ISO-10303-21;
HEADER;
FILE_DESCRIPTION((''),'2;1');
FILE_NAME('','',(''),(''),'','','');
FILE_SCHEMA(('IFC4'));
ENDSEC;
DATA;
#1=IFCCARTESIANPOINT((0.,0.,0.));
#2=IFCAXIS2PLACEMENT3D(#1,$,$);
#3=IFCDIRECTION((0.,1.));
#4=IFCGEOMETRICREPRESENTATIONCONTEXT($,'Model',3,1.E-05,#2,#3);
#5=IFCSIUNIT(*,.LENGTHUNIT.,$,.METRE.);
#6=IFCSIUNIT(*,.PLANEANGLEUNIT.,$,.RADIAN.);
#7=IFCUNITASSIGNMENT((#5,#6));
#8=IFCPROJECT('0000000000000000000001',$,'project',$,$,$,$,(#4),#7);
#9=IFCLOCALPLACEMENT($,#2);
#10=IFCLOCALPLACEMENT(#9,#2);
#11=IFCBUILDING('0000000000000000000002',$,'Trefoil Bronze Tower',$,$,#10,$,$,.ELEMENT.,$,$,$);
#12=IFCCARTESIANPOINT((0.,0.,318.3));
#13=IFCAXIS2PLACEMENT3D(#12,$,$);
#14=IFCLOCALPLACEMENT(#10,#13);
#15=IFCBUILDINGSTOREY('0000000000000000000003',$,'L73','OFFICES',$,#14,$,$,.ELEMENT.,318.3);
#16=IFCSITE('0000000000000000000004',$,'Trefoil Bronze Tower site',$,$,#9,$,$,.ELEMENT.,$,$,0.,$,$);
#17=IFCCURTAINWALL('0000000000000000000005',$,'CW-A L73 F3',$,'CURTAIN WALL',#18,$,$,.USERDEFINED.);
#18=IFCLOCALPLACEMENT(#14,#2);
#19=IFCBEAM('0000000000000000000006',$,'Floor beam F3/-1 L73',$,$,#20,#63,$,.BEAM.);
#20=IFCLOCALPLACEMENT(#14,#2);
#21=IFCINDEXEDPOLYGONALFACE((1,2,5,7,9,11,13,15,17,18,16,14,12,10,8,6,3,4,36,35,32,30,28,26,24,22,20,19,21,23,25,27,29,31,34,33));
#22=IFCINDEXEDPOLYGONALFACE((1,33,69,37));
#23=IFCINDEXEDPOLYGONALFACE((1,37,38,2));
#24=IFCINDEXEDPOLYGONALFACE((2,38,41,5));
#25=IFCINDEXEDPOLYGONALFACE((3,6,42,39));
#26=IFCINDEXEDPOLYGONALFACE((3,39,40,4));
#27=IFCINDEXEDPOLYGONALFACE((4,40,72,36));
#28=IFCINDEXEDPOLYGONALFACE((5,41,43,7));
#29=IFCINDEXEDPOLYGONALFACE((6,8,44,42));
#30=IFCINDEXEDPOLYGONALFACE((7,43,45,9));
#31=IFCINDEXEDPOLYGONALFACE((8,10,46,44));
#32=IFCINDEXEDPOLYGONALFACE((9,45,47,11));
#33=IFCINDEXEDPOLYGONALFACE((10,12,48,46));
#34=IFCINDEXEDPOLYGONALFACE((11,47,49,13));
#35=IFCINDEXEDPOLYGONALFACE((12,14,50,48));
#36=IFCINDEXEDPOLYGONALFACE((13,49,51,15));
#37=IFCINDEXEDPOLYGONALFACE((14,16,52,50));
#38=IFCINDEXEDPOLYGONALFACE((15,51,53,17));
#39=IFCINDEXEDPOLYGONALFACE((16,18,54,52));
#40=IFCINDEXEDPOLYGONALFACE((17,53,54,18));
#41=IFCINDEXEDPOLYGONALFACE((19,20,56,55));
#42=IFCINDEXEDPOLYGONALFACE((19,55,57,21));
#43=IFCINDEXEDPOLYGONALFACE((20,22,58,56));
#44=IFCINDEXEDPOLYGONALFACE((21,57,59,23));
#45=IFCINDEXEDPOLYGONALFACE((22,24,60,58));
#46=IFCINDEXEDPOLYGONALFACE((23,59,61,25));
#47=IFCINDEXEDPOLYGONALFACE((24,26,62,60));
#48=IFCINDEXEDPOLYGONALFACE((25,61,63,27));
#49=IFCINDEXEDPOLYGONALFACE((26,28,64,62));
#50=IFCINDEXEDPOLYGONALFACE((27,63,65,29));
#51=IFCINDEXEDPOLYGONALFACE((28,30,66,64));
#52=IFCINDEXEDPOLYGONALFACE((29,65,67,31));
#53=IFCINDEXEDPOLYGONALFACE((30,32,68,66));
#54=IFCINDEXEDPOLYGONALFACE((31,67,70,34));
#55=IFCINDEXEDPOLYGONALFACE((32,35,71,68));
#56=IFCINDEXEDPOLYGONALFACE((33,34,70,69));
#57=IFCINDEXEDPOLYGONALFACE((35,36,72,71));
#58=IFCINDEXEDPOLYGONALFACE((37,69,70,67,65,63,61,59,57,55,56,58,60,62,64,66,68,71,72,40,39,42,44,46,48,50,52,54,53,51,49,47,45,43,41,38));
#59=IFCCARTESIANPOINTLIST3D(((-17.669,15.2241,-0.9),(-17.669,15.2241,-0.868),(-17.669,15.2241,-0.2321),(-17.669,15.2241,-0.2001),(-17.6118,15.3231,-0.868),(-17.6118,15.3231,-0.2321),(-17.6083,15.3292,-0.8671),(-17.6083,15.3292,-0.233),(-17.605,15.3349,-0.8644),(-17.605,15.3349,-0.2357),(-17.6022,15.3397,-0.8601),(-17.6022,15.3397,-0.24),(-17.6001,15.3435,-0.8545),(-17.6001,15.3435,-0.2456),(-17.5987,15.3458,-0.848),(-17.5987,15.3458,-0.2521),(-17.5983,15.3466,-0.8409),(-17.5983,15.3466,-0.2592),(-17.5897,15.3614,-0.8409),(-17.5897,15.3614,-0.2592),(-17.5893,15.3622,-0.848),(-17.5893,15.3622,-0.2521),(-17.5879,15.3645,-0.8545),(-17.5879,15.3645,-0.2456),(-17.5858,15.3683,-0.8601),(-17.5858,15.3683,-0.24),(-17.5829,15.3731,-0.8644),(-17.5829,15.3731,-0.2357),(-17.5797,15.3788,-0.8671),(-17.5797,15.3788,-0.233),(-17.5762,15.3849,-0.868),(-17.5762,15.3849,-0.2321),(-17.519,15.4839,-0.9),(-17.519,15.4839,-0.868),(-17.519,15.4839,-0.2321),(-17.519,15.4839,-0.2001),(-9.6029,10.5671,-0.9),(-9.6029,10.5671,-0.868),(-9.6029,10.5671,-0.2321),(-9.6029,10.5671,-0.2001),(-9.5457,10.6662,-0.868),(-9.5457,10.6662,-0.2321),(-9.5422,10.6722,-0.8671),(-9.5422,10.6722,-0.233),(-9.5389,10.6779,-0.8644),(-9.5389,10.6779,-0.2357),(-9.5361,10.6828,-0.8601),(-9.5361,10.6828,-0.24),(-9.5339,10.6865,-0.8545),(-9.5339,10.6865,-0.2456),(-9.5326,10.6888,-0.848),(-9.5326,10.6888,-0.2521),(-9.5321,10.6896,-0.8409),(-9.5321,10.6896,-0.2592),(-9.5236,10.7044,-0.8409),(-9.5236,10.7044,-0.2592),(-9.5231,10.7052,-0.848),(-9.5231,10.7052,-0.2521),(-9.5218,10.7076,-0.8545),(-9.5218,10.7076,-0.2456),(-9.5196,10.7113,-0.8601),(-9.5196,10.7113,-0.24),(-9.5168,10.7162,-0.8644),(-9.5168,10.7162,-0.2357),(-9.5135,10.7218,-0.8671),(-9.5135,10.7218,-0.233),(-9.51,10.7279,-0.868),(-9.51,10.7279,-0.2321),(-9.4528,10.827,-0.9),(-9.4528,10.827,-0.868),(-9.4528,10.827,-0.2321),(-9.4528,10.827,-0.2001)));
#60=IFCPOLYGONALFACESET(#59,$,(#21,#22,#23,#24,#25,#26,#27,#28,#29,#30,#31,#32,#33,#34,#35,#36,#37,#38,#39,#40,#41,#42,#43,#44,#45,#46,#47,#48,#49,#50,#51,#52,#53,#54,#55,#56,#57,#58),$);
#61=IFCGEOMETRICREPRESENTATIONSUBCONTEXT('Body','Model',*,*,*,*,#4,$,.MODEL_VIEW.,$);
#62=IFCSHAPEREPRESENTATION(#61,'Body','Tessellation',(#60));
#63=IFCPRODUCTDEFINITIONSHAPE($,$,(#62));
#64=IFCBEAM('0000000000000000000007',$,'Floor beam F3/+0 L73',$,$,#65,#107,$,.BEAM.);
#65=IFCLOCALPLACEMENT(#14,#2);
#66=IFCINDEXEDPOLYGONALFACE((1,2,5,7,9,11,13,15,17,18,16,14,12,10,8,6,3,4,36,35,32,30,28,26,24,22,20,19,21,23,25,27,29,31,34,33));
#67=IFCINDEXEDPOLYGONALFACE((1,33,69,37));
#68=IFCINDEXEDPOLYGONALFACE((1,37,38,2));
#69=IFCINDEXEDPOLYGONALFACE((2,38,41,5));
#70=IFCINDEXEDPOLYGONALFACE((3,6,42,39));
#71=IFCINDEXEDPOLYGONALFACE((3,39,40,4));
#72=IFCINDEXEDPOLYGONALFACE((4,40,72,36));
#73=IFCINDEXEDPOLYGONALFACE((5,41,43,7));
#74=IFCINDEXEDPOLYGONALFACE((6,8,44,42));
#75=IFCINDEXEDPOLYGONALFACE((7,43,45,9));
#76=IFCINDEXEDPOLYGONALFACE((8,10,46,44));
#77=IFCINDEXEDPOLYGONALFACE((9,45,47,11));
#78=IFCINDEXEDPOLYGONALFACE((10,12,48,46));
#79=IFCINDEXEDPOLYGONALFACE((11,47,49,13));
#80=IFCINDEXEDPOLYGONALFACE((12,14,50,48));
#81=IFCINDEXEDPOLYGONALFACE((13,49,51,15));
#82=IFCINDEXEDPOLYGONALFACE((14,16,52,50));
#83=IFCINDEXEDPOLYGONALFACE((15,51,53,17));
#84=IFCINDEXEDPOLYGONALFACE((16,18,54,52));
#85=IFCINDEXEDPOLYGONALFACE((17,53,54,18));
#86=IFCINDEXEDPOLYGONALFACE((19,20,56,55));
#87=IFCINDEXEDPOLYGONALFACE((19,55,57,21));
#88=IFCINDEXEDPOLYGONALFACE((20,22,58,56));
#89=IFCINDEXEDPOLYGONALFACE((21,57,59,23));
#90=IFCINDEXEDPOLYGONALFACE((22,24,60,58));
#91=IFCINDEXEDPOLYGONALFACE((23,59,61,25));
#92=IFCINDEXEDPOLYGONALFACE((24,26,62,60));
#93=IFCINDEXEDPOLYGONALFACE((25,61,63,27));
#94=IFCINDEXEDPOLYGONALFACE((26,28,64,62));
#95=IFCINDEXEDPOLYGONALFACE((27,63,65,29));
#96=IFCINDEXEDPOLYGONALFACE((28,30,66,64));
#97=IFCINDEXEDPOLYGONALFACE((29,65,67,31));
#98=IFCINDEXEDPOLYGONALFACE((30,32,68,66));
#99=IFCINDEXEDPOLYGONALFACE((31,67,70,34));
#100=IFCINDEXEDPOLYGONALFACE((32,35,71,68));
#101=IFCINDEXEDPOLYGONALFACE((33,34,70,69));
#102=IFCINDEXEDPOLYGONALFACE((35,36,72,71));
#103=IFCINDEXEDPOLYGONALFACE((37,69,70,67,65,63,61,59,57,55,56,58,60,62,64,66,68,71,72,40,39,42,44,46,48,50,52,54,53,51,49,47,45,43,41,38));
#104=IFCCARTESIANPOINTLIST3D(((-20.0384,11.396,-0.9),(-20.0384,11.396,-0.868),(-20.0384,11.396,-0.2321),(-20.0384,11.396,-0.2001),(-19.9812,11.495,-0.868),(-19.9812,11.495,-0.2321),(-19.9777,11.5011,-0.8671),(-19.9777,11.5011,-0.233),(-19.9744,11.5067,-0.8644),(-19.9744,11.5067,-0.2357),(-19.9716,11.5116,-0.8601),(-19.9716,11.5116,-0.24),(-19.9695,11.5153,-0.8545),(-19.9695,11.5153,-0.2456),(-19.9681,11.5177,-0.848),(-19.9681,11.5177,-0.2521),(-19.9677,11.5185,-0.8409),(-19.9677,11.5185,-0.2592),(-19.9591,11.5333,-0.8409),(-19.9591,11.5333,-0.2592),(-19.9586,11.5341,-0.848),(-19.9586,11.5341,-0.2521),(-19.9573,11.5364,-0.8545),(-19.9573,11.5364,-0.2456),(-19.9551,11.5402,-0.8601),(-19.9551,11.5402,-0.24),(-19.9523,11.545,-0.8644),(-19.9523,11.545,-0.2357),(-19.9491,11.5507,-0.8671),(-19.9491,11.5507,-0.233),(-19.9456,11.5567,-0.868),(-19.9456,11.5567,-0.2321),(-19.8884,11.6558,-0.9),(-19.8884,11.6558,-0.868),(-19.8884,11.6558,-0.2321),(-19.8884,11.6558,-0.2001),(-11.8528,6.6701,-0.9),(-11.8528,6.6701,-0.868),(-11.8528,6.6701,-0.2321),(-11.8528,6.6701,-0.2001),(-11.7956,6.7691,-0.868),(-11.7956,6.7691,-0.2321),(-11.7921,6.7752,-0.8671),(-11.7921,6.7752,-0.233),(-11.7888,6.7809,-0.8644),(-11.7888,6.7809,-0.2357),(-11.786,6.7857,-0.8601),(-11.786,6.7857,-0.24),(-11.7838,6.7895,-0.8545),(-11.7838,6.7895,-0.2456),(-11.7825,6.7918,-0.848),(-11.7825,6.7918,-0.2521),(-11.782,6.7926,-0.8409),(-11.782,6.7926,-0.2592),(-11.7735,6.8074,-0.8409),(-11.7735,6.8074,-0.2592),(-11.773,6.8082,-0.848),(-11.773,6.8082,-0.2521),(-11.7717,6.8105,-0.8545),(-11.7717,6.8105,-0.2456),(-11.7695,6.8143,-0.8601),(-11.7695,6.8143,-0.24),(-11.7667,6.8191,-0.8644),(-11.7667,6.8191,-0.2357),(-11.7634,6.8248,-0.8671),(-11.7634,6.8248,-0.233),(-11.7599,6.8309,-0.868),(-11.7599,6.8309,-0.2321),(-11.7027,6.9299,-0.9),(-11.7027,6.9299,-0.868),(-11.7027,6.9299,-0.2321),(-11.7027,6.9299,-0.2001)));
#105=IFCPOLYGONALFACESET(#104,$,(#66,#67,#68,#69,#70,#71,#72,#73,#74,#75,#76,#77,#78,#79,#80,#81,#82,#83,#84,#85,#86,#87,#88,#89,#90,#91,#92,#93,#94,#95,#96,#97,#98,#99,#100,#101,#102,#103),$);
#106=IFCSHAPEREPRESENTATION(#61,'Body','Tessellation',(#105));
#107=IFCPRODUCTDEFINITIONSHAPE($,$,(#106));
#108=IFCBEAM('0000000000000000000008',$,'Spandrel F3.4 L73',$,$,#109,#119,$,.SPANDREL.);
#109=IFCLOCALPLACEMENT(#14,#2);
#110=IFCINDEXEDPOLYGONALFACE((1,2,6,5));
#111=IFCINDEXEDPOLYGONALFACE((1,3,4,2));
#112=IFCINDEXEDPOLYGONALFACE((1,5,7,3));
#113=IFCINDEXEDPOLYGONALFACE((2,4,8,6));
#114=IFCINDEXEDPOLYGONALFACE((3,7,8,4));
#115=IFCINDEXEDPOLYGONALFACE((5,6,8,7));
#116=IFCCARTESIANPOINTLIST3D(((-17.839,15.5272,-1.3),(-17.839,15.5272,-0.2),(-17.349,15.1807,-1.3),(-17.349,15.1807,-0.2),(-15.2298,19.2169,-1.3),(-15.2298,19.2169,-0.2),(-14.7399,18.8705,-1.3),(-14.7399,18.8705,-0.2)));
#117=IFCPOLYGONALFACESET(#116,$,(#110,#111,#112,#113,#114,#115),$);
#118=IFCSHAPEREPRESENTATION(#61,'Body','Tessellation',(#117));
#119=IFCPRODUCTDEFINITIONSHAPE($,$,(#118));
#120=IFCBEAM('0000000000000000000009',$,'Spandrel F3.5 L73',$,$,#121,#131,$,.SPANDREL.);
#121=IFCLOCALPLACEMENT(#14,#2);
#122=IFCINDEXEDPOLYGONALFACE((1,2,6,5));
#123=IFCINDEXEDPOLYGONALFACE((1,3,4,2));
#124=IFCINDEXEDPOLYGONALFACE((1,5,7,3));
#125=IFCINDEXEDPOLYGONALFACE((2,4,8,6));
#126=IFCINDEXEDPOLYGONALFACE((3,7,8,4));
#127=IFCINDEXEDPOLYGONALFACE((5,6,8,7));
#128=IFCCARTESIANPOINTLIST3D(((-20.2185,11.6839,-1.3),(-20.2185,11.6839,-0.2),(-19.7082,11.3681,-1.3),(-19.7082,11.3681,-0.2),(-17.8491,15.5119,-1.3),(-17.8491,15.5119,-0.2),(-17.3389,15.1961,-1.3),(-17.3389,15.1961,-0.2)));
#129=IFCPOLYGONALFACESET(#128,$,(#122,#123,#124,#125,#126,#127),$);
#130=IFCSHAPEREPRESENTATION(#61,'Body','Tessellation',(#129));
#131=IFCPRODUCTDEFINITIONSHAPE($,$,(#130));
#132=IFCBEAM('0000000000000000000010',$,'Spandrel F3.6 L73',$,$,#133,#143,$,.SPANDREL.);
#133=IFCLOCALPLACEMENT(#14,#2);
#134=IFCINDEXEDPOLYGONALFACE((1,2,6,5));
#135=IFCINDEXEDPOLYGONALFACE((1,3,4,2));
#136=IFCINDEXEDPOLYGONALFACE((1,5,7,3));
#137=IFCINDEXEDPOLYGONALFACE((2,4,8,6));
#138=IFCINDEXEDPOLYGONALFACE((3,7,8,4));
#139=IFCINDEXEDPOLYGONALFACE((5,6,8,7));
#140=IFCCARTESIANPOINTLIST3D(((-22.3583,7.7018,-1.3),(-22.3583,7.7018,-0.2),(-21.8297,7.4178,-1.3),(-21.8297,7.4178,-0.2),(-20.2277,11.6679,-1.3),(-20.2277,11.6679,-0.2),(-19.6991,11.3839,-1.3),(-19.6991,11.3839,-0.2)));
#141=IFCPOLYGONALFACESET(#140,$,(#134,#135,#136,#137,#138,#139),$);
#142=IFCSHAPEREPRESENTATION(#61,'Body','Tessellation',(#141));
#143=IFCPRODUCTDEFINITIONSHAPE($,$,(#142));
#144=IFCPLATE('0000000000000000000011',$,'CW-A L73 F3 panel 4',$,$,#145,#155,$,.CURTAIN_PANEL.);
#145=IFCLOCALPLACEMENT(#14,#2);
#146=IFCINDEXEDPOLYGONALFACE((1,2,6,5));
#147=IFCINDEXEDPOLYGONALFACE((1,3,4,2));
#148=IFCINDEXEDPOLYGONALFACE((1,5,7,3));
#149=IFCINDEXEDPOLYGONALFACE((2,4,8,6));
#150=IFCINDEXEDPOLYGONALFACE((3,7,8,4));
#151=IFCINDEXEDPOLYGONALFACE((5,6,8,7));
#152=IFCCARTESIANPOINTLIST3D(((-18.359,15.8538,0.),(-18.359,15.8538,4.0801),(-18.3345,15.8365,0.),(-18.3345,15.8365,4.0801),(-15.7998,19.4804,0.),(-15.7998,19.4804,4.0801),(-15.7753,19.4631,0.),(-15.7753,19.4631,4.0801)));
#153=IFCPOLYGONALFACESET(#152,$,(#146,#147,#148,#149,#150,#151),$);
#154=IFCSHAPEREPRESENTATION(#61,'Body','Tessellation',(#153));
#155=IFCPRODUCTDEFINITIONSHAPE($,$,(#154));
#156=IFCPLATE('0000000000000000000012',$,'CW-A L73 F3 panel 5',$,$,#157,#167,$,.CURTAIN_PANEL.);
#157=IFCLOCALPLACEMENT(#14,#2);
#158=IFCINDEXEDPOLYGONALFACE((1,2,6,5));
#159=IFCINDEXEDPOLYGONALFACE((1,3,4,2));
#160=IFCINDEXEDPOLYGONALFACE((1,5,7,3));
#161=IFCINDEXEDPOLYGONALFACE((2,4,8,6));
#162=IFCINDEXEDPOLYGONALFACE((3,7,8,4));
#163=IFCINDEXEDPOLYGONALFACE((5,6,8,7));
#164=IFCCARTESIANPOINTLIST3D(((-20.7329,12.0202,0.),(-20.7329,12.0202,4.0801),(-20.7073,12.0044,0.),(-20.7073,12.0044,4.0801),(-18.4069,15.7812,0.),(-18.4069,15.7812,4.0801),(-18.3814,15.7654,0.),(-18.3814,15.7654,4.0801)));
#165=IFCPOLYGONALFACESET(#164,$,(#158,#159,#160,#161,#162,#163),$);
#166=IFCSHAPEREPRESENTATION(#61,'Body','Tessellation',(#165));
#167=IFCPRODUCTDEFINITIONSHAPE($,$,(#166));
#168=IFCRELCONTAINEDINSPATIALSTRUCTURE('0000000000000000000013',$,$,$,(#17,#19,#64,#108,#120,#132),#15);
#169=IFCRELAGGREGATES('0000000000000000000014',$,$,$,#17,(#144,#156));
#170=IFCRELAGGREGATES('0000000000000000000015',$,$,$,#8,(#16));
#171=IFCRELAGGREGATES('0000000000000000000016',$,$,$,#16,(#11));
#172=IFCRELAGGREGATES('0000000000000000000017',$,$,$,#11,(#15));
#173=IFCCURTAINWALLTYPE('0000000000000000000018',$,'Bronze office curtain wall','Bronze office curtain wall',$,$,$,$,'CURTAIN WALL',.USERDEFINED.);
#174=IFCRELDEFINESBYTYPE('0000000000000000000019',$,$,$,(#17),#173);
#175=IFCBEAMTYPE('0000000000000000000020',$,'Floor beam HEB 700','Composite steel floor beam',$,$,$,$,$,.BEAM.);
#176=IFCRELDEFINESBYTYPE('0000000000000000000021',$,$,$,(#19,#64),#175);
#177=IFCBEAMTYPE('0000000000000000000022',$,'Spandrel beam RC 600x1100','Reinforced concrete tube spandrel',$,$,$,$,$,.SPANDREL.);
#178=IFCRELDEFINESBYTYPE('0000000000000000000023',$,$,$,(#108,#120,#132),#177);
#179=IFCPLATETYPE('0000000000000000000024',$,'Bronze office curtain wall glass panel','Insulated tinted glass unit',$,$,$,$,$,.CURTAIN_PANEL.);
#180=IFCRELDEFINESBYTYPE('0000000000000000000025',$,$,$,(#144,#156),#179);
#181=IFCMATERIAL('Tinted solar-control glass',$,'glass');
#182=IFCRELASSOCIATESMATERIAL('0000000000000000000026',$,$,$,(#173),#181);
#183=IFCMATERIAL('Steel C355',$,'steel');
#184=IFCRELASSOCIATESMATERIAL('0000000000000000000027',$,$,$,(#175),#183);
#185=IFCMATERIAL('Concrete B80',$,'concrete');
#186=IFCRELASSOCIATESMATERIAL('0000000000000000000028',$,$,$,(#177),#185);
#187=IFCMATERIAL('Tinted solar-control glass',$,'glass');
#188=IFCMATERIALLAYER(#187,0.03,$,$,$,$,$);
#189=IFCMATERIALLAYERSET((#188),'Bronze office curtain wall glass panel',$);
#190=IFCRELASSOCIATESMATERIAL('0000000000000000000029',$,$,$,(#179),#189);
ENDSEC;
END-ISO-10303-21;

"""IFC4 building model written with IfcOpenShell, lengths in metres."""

from ifc_helpers import new_model, si_unit, direction, frame, origin, origin_2d, place, context, subcontext, project, spatial, rectangle, i_section, extrude, material, layer, layer_set, material_profile, profile_set, type_object, element, aggregate, save


model = new_model("IFC4")

# Units and contexts
model_context = context("Model", 3, precision=1e-05, world=origin(), true_north=direction((0.0, 1.0)))
body_context = subcontext(model_context, "Body", "Model", "MODEL_VIEW")
ifc_project = project(units=[si_unit("LENGTHUNIT", "METRE"), si_unit("PLANEANGLEUNIT", "RADIAN")], contexts=[model_context])

# Site, building, storey
site_placement = place(None, origin())
site = spatial("IfcSite", under=ifc_project, at=site_placement, Name="Trefoil Bronze Tower site", CompositionType="ELEMENT", RefElevation=0.0)
building_placement = place(site_placement, origin())
building = spatial("IfcBuilding", under=site, at=building_placement, Name="Trefoil Bronze Tower", CompositionType="ELEMENT")
storey_placement = place(building_placement, frame((0.0, 0.0, 318.3)))
storey = spatial("IfcBuildingStorey", under=building, at=storey_placement, Name="L73", Description="OFFICES", CompositionType="ELEMENT", Elevation=318.3)

# Curtain wall
ifc_material_1 = material(Name="Tinted solar-control glass", Category="glass")
curtain_wall_type = type_object("IfcCurtainWallType", Name="Bronze office curtain wall", Description="Bronze office curtain wall", ElementType="CURTAIN WALL", PredefinedType="USERDEFINED", material=ifc_material_1)
curtain_wall_placement = place(storey_placement, origin())
curtain_wall = element("IfcCurtainWall", 1, at=curtain_wall_placement, inside=storey, type_object=curtain_wall_type, Name="CW-A L73 F3", ObjectType="CURTAIN WALL", PredefinedType="USERDEFINED")

# Beams
ifc_material_2 = material(Name="Steel C355", Category="steel")
ifc_material_profile_1 = material_profile(ifc_material_2, i_section(OverallWidth=0.3, OverallDepth=0.7, WebThickness=0.0171, FlangeThickness=0.032, FilletRadius=0.0271, at=origin_2d()), Name="HEB 700")
ifc_profile_set_1 = profile_set([ifc_material_profile_1], Name="Steel C355")
beam_type_1 = type_object("IfcBeamType", Name="Floor beam HEB 700", Description="Composite steel floor beam", PredefinedType="BEAM", material=ifc_profile_set_1)
beam_1_placement = place(storey_placement, frame((-17.594, 15.354, -0.55), z_axis=(0.866026, -0.499999, 0.0), x_axis=(0.499999, 0.866026, 0.0)))
element("IfcBeam", 2, at=beam_1_placement, inside=storey, type_object=beam_type_1, Name="Floor beam F3/-1 L73", PredefinedType="BEAM", context=body_context, shape_type="SweptSolid", body=[
    extrude(i_section(OverallWidth=0.3, OverallDepth=0.7, WebThickness=0.0171, FlangeThickness=0.032, FilletRadius=0.0271, at=origin_2d()), origin(), (0.0, 0.0, 1.0), 9.314),
])
beam_2_placement = place(storey_placement, frame((-19.9634, 11.5259, -0.55), z_axis=(0.86603, -0.499992, 0.0), x_axis=(0.499992, 0.86603, 0.0)))
element("IfcBeam", 3, at=beam_2_placement, inside=storey, type_object=beam_type_1, Name="Floor beam F3/+0 L73", PredefinedType="BEAM", context=body_context, shape_type="SweptSolid", body=[
    extrude(i_section(OverallWidth=0.3, OverallDepth=0.7, WebThickness=0.0171, FlangeThickness=0.032, FilletRadius=0.0271, at=origin_2d()), origin(), (0.0, 0.0, 1.0), 9.4519),
])
ifc_material_3 = material(Name="Concrete B80", Category="concrete")
ifc_material_profile_2 = material_profile(ifc_material_3, rectangle(XDim=0.6001, YDim=1.1001, at=origin_2d()), Name="RC 600x1100")
ifc_profile_set_2 = profile_set([ifc_material_profile_2], Name="Concrete B80")
beam_type_2 = type_object("IfcBeamType", Name="Spandrel beam RC 600x1100", Description="Reinforced concrete tube spandrel", PredefinedType="SPANDREL", material=ifc_profile_set_2)
beam_3_placement = place(storey_placement, frame((-14.9849, 19.0437, -0.75), z_axis=(-0.577368, -0.816484, 0.0), x_axis=(0.816484, -0.577368, 0.0)))
element("IfcBeam", 4, at=beam_3_placement, inside=storey, type_object=beam_type_2, Name="Spandrel F3.4 L73", PredefinedType="SPANDREL", context=body_context, shape_type="SweptSolid", body=[
    extrude(rectangle(XDim=0.6001, YDim=1.1001, at=origin_2d()), origin(), (0.0, 0.0, 1.0), 4.519),
])
beam_4_placement = place(storey_placement, frame((-17.594, 15.354, -0.75), z_axis=(-0.526289, -0.850306, 0.0), x_axis=(0.850306, -0.526289, 0.0)))
element("IfcBeam", 5, at=beam_4_placement, inside=storey, type_object=beam_type_2, Name="Spandrel F3.5 L73", PredefinedType="SPANDREL", context=body_context, shape_type="SweptSolid", body=[
    extrude(rectangle(XDim=0.6001, YDim=1.1001, at=origin_2d()), origin(), (0.0, 0.0, 1.0), 4.502),
])
beam_5_placement = place(storey_placement, frame((-19.9634, 11.5259, -0.75), z_axis=(-0.473246, -0.88093, 0.0), x_axis=(0.88093, -0.473246, 0.0)))
element("IfcBeam", 6, at=beam_5_placement, inside=storey, type_object=beam_type_2, Name="Spandrel F3.6 L73", PredefinedType="SPANDREL", context=body_context, shape_type="SweptSolid", body=[
    extrude(rectangle(XDim=0.6001, YDim=1.1001, at=origin_2d()), origin(), (0.0, 0.0, 1.0), 4.5022),
])

# Plates
ifc_material_4 = material(Name="Tinted solar-control glass", Category="glass")
ifc_layer_1 = layer(ifc_material_4, 0.03)
ifc_layer_set_1 = layer_set([ifc_layer_1], Name="Bronze office curtain wall glass panel")
plate_type = type_object("IfcPlateType", Name="Bronze office curtain wall glass panel", Description="Insulated tinted glass unit", PredefinedType="CURTAIN_PANEL", material=ifc_layer_set_1)
plate_1_placement = place(storey_placement, frame((-17.0671, 17.6584, 0.0), z_axis=(0.0, 0.0, 1.0), x_axis=(-0.576561, -0.817054, 0.0)))
plate_1 = element("IfcPlate", 7, at=plate_1_placement, type_object=plate_type, Name="CW-A L73 F3 panel 4", PredefinedType="CURTAIN_PANEL", context=body_context, shape_type="SweptSolid", body=[
    extrude(rectangle(XDim=4.4387, YDim=0.03, at=origin_2d()), origin(), (0.0, 0.0, 1.0), 4.0801),
])
plate_2_placement = place(storey_placement, frame((-19.5571, 13.8928, 0.0), z_axis=(0.0, 0.0, 1.0), x_axis=(-0.52598, -0.850497, 0.0)))
plate_2 = element("IfcPlate", 8, at=plate_2_placement, type_object=plate_type, Name="CW-A L73 F3 panel 5", PredefinedType="CURTAIN_PANEL", context=body_context, shape_type="SweptSolid", body=[
    extrude(rectangle(XDim=4.4221, YDim=0.03, at=origin_2d()), origin(), (0.0, 0.0, 1.0), 4.0801),
])
aggregate(curtain_wall, [plate_1, plate_2])

save(model, "model.ifc")
